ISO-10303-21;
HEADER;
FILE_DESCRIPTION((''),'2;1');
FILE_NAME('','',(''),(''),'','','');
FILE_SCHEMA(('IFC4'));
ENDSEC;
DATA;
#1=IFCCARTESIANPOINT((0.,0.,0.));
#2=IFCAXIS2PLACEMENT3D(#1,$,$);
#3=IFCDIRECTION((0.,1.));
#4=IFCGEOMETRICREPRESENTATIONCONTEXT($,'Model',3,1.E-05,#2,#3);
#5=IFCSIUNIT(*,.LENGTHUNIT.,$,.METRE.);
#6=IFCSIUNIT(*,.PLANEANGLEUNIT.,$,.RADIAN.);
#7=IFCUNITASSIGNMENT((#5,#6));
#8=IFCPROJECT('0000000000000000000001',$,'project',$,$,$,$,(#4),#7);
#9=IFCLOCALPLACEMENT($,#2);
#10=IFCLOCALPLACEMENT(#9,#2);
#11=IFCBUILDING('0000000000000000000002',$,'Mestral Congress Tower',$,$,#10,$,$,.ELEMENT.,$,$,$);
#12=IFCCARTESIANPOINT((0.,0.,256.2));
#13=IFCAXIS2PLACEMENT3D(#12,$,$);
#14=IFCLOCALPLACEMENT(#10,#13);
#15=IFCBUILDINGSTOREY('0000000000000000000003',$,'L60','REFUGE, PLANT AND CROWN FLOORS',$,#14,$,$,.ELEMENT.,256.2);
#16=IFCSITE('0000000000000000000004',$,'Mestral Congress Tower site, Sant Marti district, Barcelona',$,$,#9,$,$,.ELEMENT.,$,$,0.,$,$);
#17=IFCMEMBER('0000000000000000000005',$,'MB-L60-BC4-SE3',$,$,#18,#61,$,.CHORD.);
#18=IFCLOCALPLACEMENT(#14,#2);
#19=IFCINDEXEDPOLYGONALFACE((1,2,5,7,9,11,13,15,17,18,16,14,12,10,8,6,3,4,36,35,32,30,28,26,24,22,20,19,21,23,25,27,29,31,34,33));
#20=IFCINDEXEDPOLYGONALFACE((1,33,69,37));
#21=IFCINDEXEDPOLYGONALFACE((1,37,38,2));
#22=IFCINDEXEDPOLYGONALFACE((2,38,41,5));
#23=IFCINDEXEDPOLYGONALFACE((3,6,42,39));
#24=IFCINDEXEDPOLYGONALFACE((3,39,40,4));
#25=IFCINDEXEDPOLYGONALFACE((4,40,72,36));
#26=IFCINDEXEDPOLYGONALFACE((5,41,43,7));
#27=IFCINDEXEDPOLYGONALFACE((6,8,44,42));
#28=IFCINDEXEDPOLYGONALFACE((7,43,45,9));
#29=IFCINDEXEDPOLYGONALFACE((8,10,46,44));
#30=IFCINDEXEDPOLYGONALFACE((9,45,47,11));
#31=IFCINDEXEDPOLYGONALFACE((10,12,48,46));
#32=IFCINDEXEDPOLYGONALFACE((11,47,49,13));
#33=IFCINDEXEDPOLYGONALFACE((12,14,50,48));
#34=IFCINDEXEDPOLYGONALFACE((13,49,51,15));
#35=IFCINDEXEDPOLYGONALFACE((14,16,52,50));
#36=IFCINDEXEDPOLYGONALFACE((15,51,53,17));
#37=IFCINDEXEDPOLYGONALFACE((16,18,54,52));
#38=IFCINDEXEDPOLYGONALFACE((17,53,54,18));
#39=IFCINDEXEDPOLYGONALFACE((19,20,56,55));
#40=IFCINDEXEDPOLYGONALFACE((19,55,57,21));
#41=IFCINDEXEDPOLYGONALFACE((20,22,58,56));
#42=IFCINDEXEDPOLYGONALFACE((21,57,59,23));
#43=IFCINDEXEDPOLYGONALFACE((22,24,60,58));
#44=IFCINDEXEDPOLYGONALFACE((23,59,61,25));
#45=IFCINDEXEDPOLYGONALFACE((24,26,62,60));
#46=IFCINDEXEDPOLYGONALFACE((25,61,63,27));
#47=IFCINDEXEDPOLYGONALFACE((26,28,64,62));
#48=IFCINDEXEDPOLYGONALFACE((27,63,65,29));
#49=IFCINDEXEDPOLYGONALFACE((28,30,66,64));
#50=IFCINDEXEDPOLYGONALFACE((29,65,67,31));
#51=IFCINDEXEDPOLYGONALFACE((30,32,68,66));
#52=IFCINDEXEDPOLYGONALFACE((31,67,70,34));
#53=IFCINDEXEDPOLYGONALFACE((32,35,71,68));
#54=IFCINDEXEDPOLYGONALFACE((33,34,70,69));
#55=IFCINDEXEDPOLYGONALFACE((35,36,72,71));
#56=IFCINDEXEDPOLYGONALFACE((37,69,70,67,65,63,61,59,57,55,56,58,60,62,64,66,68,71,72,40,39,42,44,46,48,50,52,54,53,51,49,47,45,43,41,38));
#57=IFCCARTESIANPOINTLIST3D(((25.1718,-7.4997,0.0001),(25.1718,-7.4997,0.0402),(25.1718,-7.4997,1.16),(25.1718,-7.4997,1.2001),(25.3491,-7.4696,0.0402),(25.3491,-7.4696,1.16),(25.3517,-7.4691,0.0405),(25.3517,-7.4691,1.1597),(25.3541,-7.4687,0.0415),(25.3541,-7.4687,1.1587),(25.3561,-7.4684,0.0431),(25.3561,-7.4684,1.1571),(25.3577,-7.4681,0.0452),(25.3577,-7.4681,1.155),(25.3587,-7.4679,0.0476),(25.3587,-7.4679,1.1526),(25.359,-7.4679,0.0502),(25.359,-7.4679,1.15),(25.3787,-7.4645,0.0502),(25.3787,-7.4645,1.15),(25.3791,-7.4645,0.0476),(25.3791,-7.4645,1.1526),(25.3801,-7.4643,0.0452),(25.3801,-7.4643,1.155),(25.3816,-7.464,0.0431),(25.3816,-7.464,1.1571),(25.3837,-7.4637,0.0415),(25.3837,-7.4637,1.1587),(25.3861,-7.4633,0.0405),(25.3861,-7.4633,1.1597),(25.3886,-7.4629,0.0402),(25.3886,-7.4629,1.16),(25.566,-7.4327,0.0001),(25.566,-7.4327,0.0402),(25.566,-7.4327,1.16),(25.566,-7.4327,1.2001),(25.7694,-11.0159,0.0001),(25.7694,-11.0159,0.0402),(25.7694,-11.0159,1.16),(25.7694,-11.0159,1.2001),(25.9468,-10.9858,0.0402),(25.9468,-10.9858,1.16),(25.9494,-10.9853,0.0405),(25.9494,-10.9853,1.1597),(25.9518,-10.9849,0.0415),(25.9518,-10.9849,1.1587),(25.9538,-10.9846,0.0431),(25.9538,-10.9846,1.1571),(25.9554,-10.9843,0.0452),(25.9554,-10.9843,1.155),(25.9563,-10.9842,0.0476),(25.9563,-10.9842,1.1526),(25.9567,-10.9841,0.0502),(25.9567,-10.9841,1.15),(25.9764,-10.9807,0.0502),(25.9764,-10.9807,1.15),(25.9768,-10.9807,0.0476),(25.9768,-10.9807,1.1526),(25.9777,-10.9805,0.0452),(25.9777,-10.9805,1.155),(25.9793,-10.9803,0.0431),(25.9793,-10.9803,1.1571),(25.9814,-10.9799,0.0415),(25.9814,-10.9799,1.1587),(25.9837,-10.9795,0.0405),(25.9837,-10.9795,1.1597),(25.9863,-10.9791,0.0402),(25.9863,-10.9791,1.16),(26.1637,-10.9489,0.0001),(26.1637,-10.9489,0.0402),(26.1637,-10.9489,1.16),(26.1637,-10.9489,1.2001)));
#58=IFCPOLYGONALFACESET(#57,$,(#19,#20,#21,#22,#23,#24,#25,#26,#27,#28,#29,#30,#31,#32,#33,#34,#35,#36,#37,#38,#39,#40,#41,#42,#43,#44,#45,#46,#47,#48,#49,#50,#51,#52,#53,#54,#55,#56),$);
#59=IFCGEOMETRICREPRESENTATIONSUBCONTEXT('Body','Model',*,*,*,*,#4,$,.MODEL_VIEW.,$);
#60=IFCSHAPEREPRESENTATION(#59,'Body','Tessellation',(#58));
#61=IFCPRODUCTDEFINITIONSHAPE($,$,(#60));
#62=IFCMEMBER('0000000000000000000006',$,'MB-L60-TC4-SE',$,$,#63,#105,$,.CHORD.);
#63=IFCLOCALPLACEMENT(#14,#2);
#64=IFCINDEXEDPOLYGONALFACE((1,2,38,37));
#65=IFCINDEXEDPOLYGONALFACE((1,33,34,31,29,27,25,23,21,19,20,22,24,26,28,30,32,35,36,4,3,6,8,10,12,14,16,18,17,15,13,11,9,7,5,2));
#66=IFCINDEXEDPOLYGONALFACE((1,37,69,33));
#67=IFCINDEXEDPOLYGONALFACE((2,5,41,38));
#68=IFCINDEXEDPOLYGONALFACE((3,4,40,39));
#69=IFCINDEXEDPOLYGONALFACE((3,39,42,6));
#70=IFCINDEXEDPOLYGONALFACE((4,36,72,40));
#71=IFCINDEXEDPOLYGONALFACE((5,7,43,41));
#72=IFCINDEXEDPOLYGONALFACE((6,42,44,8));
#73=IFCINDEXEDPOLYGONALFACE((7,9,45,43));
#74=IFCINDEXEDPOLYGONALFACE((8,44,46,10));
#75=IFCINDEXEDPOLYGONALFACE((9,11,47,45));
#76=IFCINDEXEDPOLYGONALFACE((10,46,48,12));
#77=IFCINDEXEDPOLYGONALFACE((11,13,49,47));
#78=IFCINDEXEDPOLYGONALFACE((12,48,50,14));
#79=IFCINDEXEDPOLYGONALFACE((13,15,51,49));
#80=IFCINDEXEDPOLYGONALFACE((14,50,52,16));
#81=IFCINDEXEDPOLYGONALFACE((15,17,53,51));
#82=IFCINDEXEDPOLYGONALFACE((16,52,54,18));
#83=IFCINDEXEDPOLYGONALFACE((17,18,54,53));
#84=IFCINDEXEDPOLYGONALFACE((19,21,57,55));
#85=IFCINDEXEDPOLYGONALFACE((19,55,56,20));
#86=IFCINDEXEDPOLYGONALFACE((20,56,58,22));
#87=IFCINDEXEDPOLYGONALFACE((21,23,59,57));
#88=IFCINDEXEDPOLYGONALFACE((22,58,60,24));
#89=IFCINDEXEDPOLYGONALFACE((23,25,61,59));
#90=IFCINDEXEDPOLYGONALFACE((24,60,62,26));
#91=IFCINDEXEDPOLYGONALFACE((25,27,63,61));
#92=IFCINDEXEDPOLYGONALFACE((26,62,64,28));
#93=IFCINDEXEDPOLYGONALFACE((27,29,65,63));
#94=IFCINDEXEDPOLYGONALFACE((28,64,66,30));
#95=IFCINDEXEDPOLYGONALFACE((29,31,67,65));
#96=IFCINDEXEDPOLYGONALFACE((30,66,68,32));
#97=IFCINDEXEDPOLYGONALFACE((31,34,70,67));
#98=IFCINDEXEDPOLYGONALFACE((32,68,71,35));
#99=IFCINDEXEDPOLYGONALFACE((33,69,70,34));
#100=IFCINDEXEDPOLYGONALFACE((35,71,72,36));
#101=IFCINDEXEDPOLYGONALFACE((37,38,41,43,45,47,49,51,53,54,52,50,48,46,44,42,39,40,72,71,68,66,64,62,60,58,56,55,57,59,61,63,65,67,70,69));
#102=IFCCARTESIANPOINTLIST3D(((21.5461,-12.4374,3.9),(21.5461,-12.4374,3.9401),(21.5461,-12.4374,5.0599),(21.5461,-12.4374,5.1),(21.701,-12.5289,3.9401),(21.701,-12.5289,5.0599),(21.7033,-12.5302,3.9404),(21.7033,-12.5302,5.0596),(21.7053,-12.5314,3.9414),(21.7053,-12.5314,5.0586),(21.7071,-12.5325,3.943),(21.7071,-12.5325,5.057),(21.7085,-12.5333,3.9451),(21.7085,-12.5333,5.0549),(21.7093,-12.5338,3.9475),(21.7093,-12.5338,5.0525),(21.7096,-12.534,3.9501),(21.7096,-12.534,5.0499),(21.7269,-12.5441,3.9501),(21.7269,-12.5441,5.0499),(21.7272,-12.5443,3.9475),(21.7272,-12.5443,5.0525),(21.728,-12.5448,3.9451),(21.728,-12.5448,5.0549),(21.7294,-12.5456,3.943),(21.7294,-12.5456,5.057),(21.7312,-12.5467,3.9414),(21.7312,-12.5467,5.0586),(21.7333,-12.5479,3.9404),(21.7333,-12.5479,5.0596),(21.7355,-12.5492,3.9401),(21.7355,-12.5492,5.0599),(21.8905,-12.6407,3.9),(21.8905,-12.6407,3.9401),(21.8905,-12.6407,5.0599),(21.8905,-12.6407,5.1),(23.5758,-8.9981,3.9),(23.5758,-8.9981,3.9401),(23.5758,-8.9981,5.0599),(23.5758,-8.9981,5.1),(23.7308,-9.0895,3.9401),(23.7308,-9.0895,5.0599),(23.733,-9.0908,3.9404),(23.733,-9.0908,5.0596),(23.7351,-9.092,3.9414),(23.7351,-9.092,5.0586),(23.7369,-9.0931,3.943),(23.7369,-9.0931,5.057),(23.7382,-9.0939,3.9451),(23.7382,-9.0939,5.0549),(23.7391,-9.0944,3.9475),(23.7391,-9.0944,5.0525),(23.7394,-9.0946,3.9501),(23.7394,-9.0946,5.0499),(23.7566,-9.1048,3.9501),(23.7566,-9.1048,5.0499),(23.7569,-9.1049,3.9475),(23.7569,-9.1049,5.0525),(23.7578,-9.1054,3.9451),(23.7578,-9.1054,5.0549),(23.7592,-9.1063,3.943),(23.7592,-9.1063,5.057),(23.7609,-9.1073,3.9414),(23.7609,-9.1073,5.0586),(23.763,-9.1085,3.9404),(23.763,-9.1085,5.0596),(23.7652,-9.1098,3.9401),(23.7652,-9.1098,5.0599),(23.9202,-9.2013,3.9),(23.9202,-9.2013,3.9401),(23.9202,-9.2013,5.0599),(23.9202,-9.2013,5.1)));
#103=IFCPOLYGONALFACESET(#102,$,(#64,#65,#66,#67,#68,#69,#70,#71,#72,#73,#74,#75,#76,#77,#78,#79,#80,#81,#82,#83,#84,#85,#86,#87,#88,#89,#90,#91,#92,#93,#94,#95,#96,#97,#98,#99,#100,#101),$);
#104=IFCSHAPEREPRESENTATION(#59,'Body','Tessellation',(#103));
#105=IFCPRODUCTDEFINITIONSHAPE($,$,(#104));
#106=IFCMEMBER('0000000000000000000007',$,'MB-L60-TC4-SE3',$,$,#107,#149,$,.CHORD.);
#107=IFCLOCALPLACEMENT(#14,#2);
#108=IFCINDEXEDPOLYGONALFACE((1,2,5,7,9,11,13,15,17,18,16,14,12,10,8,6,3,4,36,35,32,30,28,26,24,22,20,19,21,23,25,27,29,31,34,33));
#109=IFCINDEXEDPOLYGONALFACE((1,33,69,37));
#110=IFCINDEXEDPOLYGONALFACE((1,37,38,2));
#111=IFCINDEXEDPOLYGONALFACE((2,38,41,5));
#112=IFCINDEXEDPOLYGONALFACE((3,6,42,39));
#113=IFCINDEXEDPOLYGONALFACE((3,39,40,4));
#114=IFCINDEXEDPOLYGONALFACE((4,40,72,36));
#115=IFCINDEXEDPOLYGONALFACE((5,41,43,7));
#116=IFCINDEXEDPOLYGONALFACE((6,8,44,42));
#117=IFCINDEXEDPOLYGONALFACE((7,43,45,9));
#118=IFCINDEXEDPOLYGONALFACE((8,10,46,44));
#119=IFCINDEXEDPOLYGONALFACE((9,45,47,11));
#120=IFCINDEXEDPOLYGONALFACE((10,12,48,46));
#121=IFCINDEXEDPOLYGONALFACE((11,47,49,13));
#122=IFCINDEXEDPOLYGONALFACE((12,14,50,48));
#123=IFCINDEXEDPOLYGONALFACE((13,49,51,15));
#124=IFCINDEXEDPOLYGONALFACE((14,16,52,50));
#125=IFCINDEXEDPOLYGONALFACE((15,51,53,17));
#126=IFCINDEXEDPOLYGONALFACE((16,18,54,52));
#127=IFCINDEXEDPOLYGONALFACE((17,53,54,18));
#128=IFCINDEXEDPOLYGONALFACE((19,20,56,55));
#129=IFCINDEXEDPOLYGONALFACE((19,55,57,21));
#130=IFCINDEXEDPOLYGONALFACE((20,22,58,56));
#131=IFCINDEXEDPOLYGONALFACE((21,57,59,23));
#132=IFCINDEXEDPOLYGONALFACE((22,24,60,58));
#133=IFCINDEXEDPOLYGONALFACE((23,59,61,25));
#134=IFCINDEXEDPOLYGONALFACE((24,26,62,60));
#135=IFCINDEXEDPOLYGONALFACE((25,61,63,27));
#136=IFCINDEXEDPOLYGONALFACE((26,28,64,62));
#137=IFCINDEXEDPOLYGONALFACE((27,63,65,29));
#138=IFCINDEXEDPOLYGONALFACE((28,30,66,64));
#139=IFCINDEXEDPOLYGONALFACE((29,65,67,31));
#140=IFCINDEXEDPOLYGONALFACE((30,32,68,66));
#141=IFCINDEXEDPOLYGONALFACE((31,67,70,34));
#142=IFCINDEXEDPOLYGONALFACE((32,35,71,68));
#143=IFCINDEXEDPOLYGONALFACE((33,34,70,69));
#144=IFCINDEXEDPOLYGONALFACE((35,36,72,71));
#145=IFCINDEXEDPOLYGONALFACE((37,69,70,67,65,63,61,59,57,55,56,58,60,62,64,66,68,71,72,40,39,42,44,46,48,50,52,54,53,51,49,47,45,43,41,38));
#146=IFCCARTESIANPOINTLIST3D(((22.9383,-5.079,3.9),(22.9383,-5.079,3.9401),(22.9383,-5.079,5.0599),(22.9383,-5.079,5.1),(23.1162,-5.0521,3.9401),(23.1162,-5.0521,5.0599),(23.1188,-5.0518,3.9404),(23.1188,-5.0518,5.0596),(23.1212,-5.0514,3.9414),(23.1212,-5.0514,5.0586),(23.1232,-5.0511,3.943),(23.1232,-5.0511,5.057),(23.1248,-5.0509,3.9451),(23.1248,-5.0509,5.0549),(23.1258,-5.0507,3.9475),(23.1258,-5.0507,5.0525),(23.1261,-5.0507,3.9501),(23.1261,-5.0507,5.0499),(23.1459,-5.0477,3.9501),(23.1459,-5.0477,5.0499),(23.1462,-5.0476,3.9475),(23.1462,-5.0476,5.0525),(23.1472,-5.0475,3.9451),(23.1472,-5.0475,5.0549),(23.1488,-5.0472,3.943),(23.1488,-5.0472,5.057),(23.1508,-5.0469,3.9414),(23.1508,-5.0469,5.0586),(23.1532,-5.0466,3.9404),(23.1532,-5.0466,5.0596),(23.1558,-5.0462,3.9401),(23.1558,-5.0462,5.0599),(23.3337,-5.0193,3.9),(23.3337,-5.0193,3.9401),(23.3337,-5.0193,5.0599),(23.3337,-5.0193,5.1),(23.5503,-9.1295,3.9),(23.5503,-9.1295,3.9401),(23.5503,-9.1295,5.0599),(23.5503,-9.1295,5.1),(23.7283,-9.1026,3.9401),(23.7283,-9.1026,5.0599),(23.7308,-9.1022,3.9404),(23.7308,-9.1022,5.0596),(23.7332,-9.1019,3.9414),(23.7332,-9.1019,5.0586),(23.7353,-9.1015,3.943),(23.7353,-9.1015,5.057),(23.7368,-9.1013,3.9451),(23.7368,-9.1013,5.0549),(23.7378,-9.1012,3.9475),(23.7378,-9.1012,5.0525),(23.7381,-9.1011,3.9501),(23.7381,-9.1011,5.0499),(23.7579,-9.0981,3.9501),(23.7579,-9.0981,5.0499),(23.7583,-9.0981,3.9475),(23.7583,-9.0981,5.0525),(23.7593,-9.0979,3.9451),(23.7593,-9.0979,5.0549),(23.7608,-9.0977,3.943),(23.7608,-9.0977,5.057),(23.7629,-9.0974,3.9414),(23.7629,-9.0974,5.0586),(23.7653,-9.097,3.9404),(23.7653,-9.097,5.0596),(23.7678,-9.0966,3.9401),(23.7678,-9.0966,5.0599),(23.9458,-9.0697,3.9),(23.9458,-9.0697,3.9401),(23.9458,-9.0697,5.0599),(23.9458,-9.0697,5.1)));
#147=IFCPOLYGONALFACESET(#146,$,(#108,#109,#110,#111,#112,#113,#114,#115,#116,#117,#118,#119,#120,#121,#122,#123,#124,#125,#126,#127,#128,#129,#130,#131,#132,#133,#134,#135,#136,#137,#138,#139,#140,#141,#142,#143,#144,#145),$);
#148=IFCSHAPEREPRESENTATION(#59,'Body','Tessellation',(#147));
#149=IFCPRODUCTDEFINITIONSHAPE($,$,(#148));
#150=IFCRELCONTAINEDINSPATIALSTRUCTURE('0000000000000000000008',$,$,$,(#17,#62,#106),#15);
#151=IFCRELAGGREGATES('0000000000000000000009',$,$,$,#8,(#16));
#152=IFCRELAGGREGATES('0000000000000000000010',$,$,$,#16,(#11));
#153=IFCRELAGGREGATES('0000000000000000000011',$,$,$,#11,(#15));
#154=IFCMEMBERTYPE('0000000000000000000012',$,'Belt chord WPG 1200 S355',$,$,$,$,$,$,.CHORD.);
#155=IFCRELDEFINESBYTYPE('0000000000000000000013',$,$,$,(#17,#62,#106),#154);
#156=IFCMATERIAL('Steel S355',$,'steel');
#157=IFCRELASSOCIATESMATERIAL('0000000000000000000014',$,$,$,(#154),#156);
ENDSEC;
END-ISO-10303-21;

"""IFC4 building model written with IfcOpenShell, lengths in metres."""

from ifc_helpers import new_model, si_unit, direction, frame, origin, origin_2d, place, context, subcontext, project, spatial, i_section, extrude, material, material_profile, profile_set, type_object, element, save


model = new_model("IFC4")

# Units and contexts
model_context = context("Model", 3, precision=1e-05, world=origin(), true_north=direction((0.0, 1.0)))
body_context = subcontext(model_context, "Body", "Model", "MODEL_VIEW")
ifc_project = project(units=[si_unit("LENGTHUNIT", "METRE"), si_unit("PLANEANGLEUNIT", "RADIAN")], contexts=[model_context])

# Site, building, storey
site_placement = place(None, origin())
site = spatial("IfcSite", under=ifc_project, at=site_placement, Name="Mestral Congress Tower site, Sant Marti district, Barcelona", CompositionType="ELEMENT", RefElevation=0.0)
building_placement = place(site_placement, origin())
building = spatial("IfcBuilding", under=site, at=building_placement, Name="Mestral Congress Tower", CompositionType="ELEMENT")
storey_placement = place(building_placement, frame((0.0, 0.0, 256.2)))
storey = spatial("IfcBuildingStorey", under=building, at=storey_placement, Name="L60", Description="REFUGE, PLANT AND CROWN FLOORS", CompositionType="ELEMENT", Elevation=256.2)

# Members
ifc_material_1 = material(Name="Steel S355", Category="steel")
ifc_material_profile_1 = material_profile(ifc_material_1, i_section(OverallWidth=0.3999, OverallDepth=1.2, WebThickness=0.02, FlangeThickness=0.04, FilletRadius=0.01, at=origin_2d()), Name="WPG 1200")
ifc_profile_set_1 = profile_set([ifc_material_profile_1], Name="Steel S355")
member_type_1 = type_object("IfcMemberType", Name="Belt chord WPG 1200 S355", PredefinedType="CHORD", material=ifc_profile_set_1)
member_1_placement = place(storey_placement, frame((25.9666, -10.9824, 0.6001), z_axis=(-0.167573, 0.98586, 0.0), x_axis=(-0.98586, -0.167573, 0.0)))
element("IfcMember", 1, at=member_1_placement, inside=storey, type_object=member_type_1, Name="MB-L60-BC4-SE3", PredefinedType="CHORD", context=body_context, shape_type="SweptSolid", body=[
    extrude(i_section(OverallWidth=0.3999, OverallDepth=1.2, WebThickness=0.02, FlangeThickness=0.04, FilletRadius=0.01, at=origin_2d()), origin(), (0.0, 0.0, 1.0), 3.5667),
])
member_2_placement = place(storey_placement, frame((21.7183, -12.5391, 4.5), z_axis=(0.508243, 0.861214, 0.0), x_axis=(-0.861214, 0.508243, 0.0)))
element("IfcMember", 2, at=member_2_placement, inside=storey, type_object=member_type_1, Name="MB-L60-TC4-SE", PredefinedType="CHORD", context=body_context, shape_type="SweptSolid", body=[
    extrude(i_section(OverallWidth=0.3999, OverallDepth=1.2, WebThickness=0.02, FlangeThickness=0.04, FilletRadius=0.01, at=origin_2d()), origin(), (0.0, 0.0, 1.0), 3.9937),
])
member_3_placement = place(storey_placement, frame((23.748, -9.0996, 4.5), z_axis=(-0.14941, 0.988775, 0.0), x_axis=(-0.988775, -0.14941, 0.0)))
element("IfcMember", 3, at=member_3_placement, inside=storey, type_object=member_type_1, Name="MB-L60-TC4-SE3", PredefinedType="CHORD", context=body_context, shape_type="SweptSolid", body=[
    extrude(i_section(OverallWidth=0.3999, OverallDepth=1.2, WebThickness=0.02, FlangeThickness=0.04, FilletRadius=0.01, at=origin_2d()), origin(), (0.0, 0.0, 1.0), 4.0964),
])

save(model, "model.ifc")
